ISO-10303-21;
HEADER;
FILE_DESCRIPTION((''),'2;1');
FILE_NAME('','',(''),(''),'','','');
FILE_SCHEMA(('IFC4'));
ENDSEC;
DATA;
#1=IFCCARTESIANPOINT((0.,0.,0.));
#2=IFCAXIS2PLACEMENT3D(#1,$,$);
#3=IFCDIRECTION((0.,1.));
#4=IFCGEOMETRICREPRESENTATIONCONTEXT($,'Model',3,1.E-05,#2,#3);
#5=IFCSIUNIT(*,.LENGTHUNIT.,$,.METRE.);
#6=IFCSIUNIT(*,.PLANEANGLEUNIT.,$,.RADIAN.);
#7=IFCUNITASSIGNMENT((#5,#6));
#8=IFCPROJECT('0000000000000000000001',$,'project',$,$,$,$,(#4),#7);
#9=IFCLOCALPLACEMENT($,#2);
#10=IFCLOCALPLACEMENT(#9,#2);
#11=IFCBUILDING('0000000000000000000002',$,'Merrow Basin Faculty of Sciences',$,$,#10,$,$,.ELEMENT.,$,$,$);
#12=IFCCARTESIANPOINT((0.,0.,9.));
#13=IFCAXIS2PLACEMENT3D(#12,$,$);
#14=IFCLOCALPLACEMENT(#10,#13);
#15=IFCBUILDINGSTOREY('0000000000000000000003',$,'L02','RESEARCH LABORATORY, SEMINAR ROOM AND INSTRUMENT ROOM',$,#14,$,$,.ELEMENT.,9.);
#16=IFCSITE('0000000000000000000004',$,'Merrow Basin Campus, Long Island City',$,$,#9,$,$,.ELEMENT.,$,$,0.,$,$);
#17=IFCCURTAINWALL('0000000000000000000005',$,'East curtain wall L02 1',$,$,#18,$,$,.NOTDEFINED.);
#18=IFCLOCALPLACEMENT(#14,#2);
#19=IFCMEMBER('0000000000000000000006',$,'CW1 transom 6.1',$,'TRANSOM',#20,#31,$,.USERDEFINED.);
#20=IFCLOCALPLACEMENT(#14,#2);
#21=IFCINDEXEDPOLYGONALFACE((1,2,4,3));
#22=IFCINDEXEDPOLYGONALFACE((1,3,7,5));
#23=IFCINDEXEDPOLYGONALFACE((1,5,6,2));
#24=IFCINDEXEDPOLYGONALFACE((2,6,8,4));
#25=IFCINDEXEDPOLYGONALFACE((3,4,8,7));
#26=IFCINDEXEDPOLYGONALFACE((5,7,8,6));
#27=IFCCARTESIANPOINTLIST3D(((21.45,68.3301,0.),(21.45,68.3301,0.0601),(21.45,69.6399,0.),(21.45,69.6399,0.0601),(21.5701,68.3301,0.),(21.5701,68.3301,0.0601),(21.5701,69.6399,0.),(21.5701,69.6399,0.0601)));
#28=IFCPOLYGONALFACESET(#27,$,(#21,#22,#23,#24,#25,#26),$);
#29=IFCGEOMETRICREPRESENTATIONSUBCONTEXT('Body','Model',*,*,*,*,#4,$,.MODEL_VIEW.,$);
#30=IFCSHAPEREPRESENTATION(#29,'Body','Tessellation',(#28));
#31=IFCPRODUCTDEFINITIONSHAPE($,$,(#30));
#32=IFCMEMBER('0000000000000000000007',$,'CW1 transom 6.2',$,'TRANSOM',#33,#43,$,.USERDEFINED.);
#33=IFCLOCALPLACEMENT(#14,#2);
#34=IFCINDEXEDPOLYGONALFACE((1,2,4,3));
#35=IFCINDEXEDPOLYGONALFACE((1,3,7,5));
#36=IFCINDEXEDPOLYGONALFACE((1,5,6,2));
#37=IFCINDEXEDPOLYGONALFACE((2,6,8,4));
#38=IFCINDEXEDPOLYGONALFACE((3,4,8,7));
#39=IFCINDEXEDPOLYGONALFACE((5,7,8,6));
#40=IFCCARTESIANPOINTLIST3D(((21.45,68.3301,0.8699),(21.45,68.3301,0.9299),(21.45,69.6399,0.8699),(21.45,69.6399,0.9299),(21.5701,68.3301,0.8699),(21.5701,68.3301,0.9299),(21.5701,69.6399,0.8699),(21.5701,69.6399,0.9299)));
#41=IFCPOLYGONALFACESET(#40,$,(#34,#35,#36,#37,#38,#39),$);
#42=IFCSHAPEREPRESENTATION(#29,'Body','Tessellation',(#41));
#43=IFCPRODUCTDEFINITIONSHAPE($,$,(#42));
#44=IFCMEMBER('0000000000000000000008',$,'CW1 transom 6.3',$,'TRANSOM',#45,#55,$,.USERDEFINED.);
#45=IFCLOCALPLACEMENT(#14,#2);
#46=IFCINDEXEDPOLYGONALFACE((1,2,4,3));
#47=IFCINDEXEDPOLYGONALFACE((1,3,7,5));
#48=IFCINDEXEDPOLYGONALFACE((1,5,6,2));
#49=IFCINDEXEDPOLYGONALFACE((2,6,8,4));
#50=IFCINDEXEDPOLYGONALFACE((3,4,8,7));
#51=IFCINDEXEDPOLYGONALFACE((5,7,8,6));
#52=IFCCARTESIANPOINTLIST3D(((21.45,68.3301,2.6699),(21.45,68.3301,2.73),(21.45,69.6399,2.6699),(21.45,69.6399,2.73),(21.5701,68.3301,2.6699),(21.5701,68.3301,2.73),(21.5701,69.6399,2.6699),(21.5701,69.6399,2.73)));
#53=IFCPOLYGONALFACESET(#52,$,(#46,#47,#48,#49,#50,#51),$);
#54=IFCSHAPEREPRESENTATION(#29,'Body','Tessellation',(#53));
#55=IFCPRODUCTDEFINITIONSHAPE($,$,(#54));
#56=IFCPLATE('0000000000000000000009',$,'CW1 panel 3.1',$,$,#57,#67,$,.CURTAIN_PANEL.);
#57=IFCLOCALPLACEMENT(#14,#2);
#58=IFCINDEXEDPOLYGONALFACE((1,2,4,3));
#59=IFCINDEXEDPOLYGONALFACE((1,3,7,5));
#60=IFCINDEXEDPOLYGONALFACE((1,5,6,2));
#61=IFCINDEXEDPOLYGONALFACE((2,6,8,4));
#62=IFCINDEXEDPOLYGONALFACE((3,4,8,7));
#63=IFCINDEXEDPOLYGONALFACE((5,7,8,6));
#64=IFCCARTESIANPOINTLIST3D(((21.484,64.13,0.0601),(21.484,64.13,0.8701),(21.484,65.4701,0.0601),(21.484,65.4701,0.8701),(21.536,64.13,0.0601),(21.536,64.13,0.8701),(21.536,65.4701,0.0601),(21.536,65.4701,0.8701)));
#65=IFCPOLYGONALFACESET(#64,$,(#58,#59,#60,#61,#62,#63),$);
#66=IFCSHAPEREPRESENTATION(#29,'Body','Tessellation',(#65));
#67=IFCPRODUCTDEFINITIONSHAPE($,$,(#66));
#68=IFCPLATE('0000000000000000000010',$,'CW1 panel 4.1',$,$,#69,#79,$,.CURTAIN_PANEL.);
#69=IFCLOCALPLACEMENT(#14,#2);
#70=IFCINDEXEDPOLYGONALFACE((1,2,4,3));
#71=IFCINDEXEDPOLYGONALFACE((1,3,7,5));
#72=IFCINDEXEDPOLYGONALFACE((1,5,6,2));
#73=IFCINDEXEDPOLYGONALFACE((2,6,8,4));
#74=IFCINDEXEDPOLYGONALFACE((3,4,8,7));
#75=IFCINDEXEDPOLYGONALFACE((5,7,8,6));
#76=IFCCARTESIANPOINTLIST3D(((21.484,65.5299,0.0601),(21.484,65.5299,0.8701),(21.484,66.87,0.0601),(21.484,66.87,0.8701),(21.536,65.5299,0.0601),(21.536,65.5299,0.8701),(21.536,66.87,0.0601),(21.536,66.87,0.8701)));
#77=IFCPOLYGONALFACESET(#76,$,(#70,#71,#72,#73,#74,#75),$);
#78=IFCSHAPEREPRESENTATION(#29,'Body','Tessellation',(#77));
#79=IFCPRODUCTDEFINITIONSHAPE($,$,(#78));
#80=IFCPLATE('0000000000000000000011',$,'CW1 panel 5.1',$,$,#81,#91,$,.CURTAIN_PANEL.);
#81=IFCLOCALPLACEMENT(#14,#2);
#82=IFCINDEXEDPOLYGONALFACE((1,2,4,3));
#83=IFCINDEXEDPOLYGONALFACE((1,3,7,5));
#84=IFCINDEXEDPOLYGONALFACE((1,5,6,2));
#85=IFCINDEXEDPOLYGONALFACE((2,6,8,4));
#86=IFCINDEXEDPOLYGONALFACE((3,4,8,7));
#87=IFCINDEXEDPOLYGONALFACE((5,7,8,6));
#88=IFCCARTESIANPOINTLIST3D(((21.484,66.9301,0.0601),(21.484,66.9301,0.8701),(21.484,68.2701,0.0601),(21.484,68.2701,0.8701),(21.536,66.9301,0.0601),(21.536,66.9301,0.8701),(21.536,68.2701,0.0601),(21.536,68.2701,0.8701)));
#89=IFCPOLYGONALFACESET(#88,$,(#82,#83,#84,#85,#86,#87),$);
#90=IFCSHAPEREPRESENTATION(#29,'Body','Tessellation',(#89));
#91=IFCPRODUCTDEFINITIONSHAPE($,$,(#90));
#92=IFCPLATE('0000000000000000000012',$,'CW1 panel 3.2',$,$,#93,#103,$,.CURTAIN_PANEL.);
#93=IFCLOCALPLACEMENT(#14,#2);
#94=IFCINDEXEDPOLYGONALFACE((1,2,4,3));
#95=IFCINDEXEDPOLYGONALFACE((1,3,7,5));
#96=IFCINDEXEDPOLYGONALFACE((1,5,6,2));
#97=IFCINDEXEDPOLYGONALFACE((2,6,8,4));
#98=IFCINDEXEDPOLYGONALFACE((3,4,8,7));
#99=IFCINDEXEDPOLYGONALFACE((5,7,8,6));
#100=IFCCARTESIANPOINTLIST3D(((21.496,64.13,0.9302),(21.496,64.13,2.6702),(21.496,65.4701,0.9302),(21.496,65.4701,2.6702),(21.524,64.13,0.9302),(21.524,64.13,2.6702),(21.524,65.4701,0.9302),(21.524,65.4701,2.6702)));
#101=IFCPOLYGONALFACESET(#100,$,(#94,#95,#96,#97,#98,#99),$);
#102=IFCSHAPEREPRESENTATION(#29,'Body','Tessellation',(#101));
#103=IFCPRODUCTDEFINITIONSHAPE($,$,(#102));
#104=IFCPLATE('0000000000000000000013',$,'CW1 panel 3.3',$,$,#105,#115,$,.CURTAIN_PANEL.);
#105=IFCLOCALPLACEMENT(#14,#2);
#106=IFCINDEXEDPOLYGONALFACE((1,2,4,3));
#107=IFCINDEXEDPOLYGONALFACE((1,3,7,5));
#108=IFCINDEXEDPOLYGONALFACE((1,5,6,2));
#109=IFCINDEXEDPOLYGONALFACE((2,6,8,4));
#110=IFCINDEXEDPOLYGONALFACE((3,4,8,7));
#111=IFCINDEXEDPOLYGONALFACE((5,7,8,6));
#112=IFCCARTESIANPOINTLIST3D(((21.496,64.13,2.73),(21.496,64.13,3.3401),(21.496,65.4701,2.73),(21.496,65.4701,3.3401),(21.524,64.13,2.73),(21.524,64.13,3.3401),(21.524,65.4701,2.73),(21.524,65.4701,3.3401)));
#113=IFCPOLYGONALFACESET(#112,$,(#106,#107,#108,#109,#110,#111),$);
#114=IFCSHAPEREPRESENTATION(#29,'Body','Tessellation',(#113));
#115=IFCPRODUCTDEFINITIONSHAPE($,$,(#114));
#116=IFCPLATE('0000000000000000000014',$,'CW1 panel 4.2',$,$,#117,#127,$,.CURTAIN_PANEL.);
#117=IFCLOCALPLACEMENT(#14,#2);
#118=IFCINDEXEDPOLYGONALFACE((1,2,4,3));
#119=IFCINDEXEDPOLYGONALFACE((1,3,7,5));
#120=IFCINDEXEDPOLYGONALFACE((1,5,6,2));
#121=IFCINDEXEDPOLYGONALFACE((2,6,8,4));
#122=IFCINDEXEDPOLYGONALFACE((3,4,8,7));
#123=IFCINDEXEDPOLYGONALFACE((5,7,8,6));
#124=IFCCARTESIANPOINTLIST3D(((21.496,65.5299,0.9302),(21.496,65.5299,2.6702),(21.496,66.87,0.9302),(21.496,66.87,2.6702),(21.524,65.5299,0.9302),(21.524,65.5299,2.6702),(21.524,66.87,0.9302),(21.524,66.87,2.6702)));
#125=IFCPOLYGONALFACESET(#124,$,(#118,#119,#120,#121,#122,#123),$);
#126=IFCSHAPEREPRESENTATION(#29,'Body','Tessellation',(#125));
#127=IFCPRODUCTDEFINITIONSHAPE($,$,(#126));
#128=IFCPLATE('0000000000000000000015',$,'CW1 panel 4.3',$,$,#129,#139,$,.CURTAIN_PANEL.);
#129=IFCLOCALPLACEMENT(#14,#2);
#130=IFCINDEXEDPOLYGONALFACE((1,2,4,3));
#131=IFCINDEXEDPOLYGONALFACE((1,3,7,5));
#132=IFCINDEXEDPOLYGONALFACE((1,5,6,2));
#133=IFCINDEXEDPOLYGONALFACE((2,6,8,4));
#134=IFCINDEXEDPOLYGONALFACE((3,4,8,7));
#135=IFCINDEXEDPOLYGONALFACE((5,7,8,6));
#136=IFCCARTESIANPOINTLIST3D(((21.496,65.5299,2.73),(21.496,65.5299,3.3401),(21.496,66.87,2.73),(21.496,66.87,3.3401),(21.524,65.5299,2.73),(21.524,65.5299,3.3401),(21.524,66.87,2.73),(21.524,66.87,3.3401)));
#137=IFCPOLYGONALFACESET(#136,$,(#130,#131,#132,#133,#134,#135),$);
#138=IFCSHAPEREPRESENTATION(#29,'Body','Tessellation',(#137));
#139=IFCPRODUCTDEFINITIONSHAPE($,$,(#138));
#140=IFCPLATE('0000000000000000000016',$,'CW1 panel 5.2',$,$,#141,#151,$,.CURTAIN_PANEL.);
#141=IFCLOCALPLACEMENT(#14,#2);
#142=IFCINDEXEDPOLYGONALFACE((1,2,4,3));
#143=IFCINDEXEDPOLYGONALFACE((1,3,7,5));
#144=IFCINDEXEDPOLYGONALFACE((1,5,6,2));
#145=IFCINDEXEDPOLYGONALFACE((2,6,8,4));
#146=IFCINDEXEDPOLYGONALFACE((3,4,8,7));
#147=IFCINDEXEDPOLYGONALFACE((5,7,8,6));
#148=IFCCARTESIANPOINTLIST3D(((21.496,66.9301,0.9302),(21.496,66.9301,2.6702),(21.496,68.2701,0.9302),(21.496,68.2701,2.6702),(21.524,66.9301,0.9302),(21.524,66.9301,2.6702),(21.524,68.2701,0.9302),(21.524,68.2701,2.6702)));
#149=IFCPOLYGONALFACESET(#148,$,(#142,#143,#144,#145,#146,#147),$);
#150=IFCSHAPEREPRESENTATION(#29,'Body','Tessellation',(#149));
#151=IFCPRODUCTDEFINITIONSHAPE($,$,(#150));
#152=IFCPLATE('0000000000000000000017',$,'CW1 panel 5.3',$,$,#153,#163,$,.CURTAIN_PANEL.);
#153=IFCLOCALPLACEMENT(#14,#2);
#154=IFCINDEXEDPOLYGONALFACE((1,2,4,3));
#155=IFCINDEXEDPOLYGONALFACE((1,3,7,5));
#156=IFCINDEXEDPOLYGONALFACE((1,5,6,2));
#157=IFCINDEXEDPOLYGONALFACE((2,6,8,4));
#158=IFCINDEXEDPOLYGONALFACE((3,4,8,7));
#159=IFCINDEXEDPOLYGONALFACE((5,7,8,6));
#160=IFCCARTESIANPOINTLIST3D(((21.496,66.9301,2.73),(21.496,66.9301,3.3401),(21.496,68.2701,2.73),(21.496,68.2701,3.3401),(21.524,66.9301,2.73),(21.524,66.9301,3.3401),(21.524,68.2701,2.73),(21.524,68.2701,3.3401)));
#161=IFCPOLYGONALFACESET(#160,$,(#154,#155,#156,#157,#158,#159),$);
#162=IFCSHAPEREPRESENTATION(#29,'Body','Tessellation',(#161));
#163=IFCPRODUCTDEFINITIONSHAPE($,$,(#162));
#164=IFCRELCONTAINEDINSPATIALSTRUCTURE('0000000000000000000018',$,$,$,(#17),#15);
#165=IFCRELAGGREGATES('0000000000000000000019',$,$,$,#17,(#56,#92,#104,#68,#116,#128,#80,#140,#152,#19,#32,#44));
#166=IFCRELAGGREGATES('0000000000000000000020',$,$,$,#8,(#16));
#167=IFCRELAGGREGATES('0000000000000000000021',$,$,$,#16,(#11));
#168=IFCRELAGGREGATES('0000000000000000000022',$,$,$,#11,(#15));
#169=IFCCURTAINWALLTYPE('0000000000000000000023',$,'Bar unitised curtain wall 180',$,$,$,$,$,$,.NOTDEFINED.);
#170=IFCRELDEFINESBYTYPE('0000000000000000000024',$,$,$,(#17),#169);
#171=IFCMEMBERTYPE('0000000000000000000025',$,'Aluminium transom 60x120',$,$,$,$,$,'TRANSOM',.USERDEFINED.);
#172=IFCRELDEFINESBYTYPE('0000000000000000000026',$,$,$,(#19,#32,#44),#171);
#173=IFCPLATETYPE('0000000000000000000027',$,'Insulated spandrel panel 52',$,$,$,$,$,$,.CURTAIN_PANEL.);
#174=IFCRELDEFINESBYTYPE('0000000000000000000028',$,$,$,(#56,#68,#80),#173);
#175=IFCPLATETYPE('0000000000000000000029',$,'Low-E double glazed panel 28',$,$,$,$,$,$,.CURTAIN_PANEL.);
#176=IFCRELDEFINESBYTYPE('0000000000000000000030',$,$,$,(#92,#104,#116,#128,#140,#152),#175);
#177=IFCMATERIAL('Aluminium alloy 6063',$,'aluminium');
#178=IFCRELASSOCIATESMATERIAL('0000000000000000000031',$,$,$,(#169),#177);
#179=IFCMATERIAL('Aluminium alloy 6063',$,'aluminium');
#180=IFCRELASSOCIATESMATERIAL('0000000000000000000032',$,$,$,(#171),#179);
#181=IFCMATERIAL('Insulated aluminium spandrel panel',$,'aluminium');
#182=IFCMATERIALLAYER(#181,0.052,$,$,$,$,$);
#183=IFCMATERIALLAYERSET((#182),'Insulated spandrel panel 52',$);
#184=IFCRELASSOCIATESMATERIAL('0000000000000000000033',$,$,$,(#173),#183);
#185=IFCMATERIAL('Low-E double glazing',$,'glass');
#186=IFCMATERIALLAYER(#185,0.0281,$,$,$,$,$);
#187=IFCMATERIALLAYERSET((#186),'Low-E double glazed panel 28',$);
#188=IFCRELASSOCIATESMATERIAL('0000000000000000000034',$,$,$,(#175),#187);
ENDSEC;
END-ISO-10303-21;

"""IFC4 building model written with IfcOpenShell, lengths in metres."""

from ifc_helpers import new_model, si_unit, direction, frame, origin, origin_2d, place, context, subcontext, project, spatial, rectangle, extrude, material, layer, layer_set, material_profile, profile_set, type_object, element, aggregate, save


model = new_model("IFC4")

# Units and contexts
model_context = context("Model", 3, precision=1e-05, world=origin(), true_north=direction((0.0, 1.0)))
body_context = subcontext(model_context, "Body", "Model", "MODEL_VIEW")
ifc_project = project(units=[si_unit("LENGTHUNIT", "METRE"), si_unit("PLANEANGLEUNIT", "RADIAN")], contexts=[model_context])

# Site, building, storey
site_placement = place(None, origin())
site = spatial("IfcSite", under=ifc_project, at=site_placement, Name="Merrow Basin Campus, Long Island City", CompositionType="ELEMENT", RefElevation=0.0)
building_placement = place(site_placement, origin())
building = spatial("IfcBuilding", under=site, at=building_placement, Name="Merrow Basin Faculty of Sciences", CompositionType="ELEMENT")
storey_placement = place(building_placement, frame((0.0, 0.0, 9.0)))
storey = spatial("IfcBuildingStorey", under=building, at=storey_placement, Name="L02", Description="RESEARCH LABORATORY, SEMINAR ROOM AND INSTRUMENT ROOM", CompositionType="ELEMENT", Elevation=9.0)

# Curtain wall, members, plates
ifc_material_1 = material(Name="Aluminium alloy 6063", Category="aluminium")
curtain_wall_type = type_object("IfcCurtainWallType", Name="Bar unitised curtain wall 180", PredefinedType="NOTDEFINED", material=ifc_material_1)
curtain_wall_placement = place(storey_placement, origin())
curtain_wall = element("IfcCurtainWall", 1, at=curtain_wall_placement, inside=storey, type_object=curtain_wall_type, Name="East curtain wall L02 1", PredefinedType="NOTDEFINED")
ifc_material_2 = material(Name="Aluminium alloy 6063", Category="aluminium")
ifc_material_profile_1 = material_profile(ifc_material_2, rectangle(XDim=0.1201, YDim=0.0601, at=origin_2d()))
ifc_profile_set_1 = profile_set([ifc_material_profile_1], Name="Aluminium alloy 6063")
member_type_1 = type_object("IfcMemberType", Name="Aluminium transom 60x120", ElementType="TRANSOM", PredefinedType="USERDEFINED", material=ifc_profile_set_1)
member_1_placement = place(storey_placement, frame((21.51, 68.3301, 0.03), z_axis=(0.0, 1.0, 0.0), x_axis=(-1.0, 0.0, 0.0)))
member_1 = element("IfcMember", 2, at=member_1_placement, type_object=member_type_1, Name="CW1 transom 6.1", ObjectType="TRANSOM", PredefinedType="USERDEFINED", context=body_context, shape_type="SweptSolid", body=[
    extrude(rectangle(XDim=0.1201, YDim=0.0601, at=origin_2d()), origin(), (0.0, 0.0, 1.0), 1.3098),
])
member_2_placement = place(storey_placement, frame((21.51, 68.3301, 0.8999), z_axis=(0.0, 1.0, 0.0), x_axis=(-1.0, 0.0, 0.0)))
member_2 = element("IfcMember", 3, at=member_2_placement, type_object=member_type_1, Name="CW1 transom 6.2", ObjectType="TRANSOM", PredefinedType="USERDEFINED", context=body_context, shape_type="SweptSolid", body=[
    extrude(rectangle(XDim=0.1201, YDim=0.0601, at=origin_2d()), origin(), (0.0, 0.0, 1.0), 1.3098),
])
member_3_placement = place(storey_placement, frame((21.51, 68.3301, 2.7), z_axis=(0.0, 1.0, 0.0), x_axis=(-1.0, 0.0, 0.0)))
member_3 = element("IfcMember", 4, at=member_3_placement, type_object=member_type_1, Name="CW1 transom 6.3", ObjectType="TRANSOM", PredefinedType="USERDEFINED", context=body_context, shape_type="SweptSolid", body=[
    extrude(rectangle(XDim=0.1201, YDim=0.0601, at=origin_2d()), origin(), (0.0, 0.0, 1.0), 1.3098),
])
ifc_material_3 = material(Name="Insulated aluminium spandrel panel", Category="aluminium")
ifc_layer_1 = layer(ifc_material_3, 0.052)
ifc_layer_set_1 = layer_set([ifc_layer_1], Name="Insulated spandrel panel 52")
plate_type_1 = type_object("IfcPlateType", Name="Insulated spandrel panel 52", PredefinedType="CURTAIN_PANEL", material=ifc_layer_set_1)
plate_1_placement = place(storey_placement, frame((21.51, 64.8, 0.0601), z_axis=(0.0, 0.0, 1.0), x_axis=(0.0, 1.0, 0.0)))
plate_1 = element("IfcPlate", 5, at=plate_1_placement, type_object=plate_type_1, Name="CW1 panel 3.1", PredefinedType="CURTAIN_PANEL", context=body_context, shape_type="SweptSolid", body=[
    extrude(rectangle(XDim=1.3401, YDim=0.052, at=origin_2d()), origin(), (0.0, 0.0, 1.0), 0.8101),
])
plate_2_placement = place(storey_placement, frame((21.51, 66.2, 0.0601), z_axis=(0.0, 0.0, 1.0), x_axis=(0.0, 1.0, 0.0)))
plate_2 = element("IfcPlate", 6, at=plate_2_placement, type_object=plate_type_1, Name="CW1 panel 4.1", PredefinedType="CURTAIN_PANEL", context=body_context, shape_type="SweptSolid", body=[
    extrude(rectangle(XDim=1.3401, YDim=0.052, at=origin_2d()), origin(), (0.0, 0.0, 1.0), 0.8101),
])
plate_3_placement = place(storey_placement, frame((21.51, 67.6001, 0.0601), z_axis=(0.0, 0.0, 1.0), x_axis=(0.0, 1.0, 0.0)))
plate_3 = element("IfcPlate", 7, at=plate_3_placement, type_object=plate_type_1, Name="CW1 panel 5.1", PredefinedType="CURTAIN_PANEL", context=body_context, shape_type="SweptSolid", body=[
    extrude(rectangle(XDim=1.3401, YDim=0.052, at=origin_2d()), origin(), (0.0, 0.0, 1.0), 0.8101),
])
ifc_material_4 = material(Name="Low-E double glazing", Category="glass")
ifc_layer_2 = layer(ifc_material_4, 0.0281)
ifc_layer_set_2 = layer_set([ifc_layer_2], Name="Low-E double glazed panel 28")
plate_type_2 = type_object("IfcPlateType", Name="Low-E double glazed panel 28", PredefinedType="CURTAIN_PANEL", material=ifc_layer_set_2)
plate_4_placement = place(storey_placement, frame((21.51, 64.8, 0.9302), z_axis=(0.0, 0.0, 1.0), x_axis=(0.0, 1.0, 0.0)))
plate_4 = element("IfcPlate", 8, at=plate_4_placement, type_object=plate_type_2, Name="CW1 panel 3.2", PredefinedType="CURTAIN_PANEL", context=body_context, shape_type="SweptSolid", body=[
    extrude(rectangle(XDim=1.3401, YDim=0.0281, at=origin_2d()), origin(), (0.0, 0.0, 1.0), 1.74),
])
plate_5_placement = place(storey_placement, frame((21.51, 64.8, 2.73), z_axis=(0.0, 0.0, 1.0), x_axis=(0.0, 1.0, 0.0)))
plate_5 = element("IfcPlate", 9, at=plate_5_placement, type_object=plate_type_2, Name="CW1 panel 3.3", PredefinedType="CURTAIN_PANEL", context=body_context, shape_type="SweptSolid", body=[
    extrude(rectangle(XDim=1.3401, YDim=0.0281, at=origin_2d()), origin(), (0.0, 0.0, 1.0), 0.6101),
])
plate_6_placement = place(storey_placement, frame((21.51, 66.2, 0.9302), z_axis=(0.0, 0.0, 1.0), x_axis=(0.0, 1.0, 0.0)))
plate_6 = element("IfcPlate", 10, at=plate_6_placement, type_object=plate_type_2, Name="CW1 panel 4.2", PredefinedType="CURTAIN_PANEL", context=body_context, shape_type="SweptSolid", body=[
    extrude(rectangle(XDim=1.3401, YDim=0.0281, at=origin_2d()), origin(), (0.0, 0.0, 1.0), 1.74),
])
plate_7_placement = place(storey_placement, frame((21.51, 66.2, 2.73), z_axis=(0.0, 0.0, 1.0), x_axis=(0.0, 1.0, 0.0)))
plate_7 = element("IfcPlate", 11, at=plate_7_placement, type_object=plate_type_2, Name="CW1 panel 4.3", PredefinedType="CURTAIN_PANEL", context=body_context, shape_type="SweptSolid", body=[
    extrude(rectangle(XDim=1.3401, YDim=0.0281, at=origin_2d()), origin(), (0.0, 0.0, 1.0), 0.6101),
])
plate_8_placement = place(storey_placement, frame((21.51, 67.6001, 0.9302), z_axis=(0.0, 0.0, 1.0), x_axis=(0.0, 1.0, 0.0)))
plate_8 = element("IfcPlate", 12, at=plate_8_placement, type_object=plate_type_2, Name="CW1 panel 5.2", PredefinedType="CURTAIN_PANEL", context=body_context, shape_type="SweptSolid", body=[
    extrude(rectangle(XDim=1.3401, YDim=0.0281, at=origin_2d()), origin(), (0.0, 0.0, 1.0), 1.74),
])
plate_9_placement = place(storey_placement, frame((21.51, 67.6001, 2.73), z_axis=(0.0, 0.0, 1.0), x_axis=(0.0, 1.0, 0.0)))
plate_9 = element("IfcPlate", 13, at=plate_9_placement, type_object=plate_type_2, Name="CW1 panel 5.3", PredefinedType="CURTAIN_PANEL", context=body_context, shape_type="SweptSolid", body=[
    extrude(rectangle(XDim=1.3401, YDim=0.0281, at=origin_2d()), origin(), (0.0, 0.0, 1.0), 0.6101),
])
aggregate(curtain_wall, [plate_1, plate_4, plate_5, plate_2, plate_6, plate_7, plate_3, plate_8, plate_9, member_1, member_2, member_3])

save(model, "model.ifc")
